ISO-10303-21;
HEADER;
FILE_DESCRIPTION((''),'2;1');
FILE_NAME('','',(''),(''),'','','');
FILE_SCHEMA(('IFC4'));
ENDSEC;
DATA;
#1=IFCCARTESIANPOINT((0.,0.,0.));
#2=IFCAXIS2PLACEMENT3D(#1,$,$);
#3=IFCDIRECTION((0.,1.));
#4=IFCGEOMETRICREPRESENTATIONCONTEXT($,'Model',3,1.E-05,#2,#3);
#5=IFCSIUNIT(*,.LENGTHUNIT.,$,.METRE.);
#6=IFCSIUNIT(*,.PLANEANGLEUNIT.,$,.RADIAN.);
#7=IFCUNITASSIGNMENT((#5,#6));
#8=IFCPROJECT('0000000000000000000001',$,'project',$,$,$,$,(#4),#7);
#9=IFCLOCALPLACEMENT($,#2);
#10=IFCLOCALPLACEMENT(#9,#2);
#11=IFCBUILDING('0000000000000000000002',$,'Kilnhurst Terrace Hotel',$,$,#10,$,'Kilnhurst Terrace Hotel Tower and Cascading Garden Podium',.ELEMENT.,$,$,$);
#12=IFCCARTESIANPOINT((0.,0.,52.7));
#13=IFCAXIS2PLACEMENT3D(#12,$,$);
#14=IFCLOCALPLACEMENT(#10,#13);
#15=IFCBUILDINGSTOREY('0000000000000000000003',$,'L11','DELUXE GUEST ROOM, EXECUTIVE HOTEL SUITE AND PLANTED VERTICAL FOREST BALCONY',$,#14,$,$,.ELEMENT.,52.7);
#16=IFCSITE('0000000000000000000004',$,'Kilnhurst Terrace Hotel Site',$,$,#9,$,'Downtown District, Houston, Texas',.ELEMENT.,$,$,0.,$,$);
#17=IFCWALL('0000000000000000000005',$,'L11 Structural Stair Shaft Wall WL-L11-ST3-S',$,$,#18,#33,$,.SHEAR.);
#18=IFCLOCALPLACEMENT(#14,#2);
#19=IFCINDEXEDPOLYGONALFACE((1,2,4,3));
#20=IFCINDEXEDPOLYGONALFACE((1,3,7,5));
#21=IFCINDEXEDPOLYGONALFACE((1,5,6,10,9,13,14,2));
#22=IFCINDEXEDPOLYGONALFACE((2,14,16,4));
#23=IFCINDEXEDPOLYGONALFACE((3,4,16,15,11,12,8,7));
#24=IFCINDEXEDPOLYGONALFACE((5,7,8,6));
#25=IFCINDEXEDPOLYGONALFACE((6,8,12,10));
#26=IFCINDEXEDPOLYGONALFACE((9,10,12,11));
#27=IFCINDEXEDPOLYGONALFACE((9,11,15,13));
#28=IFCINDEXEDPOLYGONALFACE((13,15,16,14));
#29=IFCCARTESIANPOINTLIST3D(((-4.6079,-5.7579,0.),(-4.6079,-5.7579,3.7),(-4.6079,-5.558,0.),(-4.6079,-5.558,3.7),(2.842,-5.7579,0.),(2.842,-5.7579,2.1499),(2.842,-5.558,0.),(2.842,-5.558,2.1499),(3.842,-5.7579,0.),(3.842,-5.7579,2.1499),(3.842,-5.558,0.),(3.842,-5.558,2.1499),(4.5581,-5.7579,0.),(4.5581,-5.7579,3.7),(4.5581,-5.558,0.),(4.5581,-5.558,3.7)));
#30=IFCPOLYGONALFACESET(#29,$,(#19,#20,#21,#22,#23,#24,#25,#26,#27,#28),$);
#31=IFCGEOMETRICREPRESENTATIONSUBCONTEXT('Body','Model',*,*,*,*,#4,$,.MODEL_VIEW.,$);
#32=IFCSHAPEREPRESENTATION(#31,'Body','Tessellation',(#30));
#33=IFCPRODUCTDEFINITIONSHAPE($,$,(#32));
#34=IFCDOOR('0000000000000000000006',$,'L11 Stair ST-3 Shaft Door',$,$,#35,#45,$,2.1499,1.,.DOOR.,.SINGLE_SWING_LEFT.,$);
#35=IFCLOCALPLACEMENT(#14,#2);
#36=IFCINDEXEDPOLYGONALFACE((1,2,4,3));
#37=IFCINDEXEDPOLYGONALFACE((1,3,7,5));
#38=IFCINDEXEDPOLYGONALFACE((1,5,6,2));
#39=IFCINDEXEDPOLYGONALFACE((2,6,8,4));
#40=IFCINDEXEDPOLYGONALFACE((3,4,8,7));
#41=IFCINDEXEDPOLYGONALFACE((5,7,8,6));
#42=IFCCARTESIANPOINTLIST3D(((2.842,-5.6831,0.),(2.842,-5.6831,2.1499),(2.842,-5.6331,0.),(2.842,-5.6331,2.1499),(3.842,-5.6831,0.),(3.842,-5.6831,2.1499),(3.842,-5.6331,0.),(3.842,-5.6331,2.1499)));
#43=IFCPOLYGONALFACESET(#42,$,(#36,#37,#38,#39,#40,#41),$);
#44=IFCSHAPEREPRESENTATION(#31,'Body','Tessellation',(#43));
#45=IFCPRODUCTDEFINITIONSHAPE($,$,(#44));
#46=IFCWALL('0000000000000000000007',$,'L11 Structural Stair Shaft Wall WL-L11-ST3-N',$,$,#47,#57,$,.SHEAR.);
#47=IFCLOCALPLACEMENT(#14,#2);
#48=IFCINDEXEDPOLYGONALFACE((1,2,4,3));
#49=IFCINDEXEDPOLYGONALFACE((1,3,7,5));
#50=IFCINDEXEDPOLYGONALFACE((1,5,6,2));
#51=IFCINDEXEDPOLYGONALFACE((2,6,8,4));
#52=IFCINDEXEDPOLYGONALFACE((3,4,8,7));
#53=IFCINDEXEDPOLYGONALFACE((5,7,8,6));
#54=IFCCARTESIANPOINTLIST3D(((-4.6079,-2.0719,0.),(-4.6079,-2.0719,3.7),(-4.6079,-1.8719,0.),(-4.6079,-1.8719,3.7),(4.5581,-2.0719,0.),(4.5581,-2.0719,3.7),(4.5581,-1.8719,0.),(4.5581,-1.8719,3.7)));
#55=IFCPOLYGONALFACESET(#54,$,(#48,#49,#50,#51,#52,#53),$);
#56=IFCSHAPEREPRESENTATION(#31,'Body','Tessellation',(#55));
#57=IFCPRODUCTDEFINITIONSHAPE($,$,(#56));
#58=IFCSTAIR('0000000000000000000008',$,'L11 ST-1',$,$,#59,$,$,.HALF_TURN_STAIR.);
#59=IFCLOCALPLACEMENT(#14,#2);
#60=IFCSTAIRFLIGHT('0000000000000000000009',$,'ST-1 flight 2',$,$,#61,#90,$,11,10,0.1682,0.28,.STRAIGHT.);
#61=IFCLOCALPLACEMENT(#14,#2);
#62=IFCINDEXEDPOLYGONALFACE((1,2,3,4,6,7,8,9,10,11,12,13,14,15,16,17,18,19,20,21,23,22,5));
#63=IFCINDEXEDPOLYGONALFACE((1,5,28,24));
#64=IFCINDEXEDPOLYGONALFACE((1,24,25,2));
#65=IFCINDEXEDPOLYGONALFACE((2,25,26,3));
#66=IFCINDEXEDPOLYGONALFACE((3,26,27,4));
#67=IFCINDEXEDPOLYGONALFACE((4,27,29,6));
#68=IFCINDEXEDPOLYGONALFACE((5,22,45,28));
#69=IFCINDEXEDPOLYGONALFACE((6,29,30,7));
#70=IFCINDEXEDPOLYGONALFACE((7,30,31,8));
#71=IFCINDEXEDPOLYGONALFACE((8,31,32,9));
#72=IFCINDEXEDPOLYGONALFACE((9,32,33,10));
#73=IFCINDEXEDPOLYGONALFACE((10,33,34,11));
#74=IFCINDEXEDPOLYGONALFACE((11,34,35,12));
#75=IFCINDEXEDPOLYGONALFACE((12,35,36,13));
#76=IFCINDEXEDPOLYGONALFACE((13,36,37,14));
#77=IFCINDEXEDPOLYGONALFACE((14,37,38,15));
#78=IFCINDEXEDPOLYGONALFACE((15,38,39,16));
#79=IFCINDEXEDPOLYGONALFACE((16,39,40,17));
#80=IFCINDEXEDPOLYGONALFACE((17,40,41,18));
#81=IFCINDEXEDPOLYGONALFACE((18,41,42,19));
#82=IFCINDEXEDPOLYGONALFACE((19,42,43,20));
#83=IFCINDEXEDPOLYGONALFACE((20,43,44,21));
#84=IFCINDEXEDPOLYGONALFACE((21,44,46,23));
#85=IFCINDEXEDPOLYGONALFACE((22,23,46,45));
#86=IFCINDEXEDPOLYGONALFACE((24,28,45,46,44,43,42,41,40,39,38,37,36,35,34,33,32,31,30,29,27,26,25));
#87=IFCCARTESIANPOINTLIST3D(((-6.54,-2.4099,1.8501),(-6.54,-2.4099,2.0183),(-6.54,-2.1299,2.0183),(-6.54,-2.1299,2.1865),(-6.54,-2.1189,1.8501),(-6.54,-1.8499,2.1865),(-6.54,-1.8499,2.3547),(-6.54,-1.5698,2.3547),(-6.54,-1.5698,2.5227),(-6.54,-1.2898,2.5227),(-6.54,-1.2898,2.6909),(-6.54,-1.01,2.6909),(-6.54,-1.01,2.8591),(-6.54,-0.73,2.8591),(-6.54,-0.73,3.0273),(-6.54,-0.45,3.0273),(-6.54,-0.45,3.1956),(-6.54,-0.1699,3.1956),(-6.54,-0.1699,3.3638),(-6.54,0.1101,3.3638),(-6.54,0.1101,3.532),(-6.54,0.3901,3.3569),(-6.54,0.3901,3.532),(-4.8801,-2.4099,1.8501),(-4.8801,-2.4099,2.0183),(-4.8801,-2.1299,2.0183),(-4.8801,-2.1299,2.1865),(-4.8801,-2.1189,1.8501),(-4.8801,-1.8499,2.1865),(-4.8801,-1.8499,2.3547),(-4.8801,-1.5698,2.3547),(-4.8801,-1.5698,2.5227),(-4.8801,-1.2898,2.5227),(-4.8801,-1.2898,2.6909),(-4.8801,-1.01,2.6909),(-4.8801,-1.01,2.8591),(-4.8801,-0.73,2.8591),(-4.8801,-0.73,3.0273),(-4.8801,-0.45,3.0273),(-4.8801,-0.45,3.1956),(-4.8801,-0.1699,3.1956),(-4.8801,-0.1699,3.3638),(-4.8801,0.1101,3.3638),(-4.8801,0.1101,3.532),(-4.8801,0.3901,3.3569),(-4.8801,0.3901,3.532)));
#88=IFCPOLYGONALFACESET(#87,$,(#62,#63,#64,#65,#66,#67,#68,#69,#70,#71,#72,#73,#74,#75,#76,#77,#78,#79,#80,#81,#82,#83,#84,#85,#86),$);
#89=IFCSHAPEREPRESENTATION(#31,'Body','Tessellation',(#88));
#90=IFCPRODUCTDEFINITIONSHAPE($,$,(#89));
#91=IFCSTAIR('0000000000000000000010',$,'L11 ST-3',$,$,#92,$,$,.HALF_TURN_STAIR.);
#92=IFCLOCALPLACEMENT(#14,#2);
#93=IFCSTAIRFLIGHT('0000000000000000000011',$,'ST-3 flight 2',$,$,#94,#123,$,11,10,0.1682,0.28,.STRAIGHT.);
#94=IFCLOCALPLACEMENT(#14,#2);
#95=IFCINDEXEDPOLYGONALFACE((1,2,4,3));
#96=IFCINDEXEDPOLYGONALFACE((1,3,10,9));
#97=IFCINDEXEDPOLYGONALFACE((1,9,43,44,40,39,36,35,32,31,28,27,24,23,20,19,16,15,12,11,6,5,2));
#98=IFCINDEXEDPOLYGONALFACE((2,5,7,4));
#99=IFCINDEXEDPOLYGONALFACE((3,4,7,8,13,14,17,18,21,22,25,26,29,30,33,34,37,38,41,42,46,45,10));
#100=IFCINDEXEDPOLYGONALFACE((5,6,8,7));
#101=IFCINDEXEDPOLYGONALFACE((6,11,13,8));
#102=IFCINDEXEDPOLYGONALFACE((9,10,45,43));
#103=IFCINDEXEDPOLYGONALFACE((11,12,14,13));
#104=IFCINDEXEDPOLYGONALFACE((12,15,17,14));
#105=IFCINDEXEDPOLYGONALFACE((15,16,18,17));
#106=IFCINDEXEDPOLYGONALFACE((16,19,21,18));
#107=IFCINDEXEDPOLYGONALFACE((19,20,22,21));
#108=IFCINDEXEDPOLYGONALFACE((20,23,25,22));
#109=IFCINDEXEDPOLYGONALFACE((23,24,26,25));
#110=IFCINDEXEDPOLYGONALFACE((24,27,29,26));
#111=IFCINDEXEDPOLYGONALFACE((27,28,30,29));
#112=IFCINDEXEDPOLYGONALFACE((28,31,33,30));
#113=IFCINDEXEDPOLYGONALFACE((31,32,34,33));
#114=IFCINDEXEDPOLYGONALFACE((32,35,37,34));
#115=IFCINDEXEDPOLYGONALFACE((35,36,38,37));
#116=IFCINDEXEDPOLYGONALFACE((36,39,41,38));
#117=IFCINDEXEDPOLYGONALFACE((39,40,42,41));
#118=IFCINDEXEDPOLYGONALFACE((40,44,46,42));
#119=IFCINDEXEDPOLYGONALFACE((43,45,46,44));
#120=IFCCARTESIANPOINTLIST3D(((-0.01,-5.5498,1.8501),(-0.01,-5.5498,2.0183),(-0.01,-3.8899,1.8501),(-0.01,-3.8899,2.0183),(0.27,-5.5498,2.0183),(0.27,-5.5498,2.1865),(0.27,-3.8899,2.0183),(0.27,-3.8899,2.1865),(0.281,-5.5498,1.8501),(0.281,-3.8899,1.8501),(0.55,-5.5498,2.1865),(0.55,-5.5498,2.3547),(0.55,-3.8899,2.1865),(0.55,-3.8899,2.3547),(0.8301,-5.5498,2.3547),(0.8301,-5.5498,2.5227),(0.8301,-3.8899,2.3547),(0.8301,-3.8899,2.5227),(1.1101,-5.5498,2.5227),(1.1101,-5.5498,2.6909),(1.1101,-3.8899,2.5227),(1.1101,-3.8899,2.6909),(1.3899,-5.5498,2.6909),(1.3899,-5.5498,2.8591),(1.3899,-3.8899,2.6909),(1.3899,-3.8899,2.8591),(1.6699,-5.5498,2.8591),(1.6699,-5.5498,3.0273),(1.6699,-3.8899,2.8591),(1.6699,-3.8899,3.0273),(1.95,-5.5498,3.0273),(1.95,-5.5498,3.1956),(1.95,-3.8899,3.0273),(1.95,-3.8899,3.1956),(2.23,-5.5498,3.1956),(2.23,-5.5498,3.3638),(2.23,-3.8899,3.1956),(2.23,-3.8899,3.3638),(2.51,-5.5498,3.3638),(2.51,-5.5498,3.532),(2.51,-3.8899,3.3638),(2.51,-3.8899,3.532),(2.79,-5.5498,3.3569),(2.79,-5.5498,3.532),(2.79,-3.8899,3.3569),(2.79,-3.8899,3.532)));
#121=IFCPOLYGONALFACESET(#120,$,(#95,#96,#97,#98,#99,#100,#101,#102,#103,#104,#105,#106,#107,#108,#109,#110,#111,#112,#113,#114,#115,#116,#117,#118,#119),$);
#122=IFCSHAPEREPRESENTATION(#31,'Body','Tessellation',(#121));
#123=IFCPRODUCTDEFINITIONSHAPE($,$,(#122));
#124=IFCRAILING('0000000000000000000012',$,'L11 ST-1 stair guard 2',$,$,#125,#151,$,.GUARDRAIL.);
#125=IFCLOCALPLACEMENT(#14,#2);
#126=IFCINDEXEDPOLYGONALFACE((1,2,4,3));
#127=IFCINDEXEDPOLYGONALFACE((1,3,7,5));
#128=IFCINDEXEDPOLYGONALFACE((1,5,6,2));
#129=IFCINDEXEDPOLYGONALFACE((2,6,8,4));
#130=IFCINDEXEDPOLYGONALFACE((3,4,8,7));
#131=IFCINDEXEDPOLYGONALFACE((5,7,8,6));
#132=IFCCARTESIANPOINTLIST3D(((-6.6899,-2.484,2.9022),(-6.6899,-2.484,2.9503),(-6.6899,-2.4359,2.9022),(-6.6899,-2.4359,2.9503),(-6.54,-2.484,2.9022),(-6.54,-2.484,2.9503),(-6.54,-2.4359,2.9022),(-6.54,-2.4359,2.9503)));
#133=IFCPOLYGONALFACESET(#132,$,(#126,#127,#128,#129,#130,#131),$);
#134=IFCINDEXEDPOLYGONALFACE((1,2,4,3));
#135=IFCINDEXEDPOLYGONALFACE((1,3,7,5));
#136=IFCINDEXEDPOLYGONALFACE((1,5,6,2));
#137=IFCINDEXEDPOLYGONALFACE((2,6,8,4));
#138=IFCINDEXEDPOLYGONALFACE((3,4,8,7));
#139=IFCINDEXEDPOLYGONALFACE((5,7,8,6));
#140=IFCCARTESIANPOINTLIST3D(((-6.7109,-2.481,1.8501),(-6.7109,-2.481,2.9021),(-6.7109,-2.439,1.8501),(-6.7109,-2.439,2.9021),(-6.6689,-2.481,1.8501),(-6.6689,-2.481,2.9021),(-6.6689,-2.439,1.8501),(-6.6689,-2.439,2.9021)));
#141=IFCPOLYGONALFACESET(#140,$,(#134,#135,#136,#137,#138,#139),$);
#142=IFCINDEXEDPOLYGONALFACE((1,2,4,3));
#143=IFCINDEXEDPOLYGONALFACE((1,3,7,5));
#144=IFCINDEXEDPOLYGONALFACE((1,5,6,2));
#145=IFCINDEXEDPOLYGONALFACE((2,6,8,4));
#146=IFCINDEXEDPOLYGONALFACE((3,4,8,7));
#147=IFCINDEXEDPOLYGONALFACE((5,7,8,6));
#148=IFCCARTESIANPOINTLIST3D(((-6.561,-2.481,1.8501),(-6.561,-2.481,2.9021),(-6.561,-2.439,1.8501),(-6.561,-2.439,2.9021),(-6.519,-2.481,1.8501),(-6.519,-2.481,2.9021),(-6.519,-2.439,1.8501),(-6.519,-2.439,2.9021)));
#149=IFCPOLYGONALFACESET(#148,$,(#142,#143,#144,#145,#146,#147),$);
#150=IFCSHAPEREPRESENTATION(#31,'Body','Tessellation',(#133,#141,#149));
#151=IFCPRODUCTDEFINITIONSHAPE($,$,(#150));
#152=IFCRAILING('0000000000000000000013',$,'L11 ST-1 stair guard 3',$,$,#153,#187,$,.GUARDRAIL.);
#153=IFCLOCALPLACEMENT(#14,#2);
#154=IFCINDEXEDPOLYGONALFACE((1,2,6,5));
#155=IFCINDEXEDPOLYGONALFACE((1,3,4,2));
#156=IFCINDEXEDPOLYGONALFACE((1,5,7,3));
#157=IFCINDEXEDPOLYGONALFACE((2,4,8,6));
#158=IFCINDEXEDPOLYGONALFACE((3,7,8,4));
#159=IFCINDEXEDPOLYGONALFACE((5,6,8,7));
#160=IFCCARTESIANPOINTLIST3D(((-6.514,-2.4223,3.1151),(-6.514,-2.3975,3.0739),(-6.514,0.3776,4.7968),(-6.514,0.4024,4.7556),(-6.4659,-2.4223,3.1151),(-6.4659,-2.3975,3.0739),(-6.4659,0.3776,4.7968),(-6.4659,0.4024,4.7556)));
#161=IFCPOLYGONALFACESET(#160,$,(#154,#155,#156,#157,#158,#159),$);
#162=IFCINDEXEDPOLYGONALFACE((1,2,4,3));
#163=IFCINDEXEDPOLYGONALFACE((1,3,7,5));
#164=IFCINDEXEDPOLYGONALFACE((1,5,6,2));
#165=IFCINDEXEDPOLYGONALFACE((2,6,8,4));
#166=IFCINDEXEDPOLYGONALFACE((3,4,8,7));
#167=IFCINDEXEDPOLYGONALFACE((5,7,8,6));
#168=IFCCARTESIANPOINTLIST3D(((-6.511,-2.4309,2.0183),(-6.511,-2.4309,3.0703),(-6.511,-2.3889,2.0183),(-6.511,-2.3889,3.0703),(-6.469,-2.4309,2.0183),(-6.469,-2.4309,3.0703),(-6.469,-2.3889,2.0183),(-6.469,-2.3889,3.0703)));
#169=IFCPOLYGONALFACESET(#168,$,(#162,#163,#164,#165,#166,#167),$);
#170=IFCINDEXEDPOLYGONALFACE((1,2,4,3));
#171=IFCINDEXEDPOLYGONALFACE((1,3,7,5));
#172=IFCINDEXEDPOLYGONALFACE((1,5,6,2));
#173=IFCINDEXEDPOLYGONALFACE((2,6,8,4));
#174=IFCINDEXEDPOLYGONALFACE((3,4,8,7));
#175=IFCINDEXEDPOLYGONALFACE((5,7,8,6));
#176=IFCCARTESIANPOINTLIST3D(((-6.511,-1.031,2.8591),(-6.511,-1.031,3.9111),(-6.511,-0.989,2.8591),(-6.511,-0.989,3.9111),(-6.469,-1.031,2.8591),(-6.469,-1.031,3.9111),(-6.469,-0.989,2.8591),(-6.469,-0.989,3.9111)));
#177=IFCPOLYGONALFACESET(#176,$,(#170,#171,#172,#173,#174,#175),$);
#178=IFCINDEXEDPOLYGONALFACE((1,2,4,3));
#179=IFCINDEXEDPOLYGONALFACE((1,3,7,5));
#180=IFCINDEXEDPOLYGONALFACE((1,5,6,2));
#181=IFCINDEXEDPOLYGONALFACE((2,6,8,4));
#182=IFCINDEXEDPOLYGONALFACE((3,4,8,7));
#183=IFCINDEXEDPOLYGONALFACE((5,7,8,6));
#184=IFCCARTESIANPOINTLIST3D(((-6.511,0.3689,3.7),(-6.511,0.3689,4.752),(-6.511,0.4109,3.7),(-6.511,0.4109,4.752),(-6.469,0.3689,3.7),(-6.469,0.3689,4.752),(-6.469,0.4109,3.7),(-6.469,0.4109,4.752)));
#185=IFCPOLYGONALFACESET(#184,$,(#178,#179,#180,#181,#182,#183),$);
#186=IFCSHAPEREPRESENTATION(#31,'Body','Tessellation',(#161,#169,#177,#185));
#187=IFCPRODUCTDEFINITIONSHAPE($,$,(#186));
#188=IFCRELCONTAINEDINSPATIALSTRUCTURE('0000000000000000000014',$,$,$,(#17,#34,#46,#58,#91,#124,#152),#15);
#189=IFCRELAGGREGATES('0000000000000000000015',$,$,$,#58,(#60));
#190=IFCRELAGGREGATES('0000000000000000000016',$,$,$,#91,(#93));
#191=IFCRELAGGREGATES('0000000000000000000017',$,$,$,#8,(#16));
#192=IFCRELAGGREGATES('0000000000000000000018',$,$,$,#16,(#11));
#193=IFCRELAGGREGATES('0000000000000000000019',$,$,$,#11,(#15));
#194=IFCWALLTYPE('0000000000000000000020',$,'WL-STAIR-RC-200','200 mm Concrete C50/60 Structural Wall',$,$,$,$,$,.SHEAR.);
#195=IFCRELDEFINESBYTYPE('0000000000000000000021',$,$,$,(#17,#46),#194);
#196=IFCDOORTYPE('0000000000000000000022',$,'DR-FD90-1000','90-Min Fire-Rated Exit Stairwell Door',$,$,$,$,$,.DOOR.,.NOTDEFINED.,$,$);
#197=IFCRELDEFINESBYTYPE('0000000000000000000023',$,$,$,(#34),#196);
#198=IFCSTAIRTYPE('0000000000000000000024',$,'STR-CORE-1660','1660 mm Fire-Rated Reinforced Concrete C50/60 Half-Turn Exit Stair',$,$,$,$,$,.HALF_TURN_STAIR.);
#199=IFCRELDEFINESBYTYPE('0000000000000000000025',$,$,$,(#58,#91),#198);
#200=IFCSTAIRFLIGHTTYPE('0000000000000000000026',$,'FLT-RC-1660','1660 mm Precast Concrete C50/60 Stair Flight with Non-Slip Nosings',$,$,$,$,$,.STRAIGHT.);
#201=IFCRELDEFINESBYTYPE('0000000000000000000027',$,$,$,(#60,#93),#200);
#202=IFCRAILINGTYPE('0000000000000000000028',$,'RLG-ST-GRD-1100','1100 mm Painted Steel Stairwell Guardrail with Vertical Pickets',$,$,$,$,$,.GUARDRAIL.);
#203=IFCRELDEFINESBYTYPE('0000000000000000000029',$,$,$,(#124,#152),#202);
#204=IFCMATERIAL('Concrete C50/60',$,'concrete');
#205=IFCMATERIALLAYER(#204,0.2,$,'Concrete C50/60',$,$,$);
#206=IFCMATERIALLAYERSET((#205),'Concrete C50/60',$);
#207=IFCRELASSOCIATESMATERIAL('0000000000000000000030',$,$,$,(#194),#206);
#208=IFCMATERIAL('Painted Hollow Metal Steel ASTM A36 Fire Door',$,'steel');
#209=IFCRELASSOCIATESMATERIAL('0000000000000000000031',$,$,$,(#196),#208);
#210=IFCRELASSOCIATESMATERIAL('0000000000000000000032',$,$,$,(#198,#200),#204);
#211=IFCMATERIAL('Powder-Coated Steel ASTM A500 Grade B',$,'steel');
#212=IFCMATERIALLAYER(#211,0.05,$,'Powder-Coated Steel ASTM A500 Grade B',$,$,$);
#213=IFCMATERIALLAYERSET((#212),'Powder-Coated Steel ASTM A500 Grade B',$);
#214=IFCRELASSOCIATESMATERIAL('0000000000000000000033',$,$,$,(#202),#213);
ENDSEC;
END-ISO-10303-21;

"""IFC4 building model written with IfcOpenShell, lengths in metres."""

from ifc_helpers import new_model, si_unit, direction, frame, frame_2d, origin, origin_2d, place, context, subcontext, project, spatial, polyline, rectangle, outline, extrude, material, layer, layer_set, type_object, element, fill, aggregate, save


model = new_model("IFC4")

# Units and contexts
model_context = context("Model", 3, precision=1e-05, world=origin(), true_north=direction((0.0, 1.0)))
body_context = subcontext(model_context, "Body", "Model", "MODEL_VIEW")
ifc_project = project(units=[si_unit("LENGTHUNIT", "METRE"), si_unit("PLANEANGLEUNIT", "RADIAN")], contexts=[model_context])

# Site, building, storey
site_placement = place(None, origin())
site = spatial("IfcSite", under=ifc_project, at=site_placement, Name="Kilnhurst Terrace Hotel Site", LongName="Downtown District, Houston, Texas", CompositionType="ELEMENT", RefElevation=0.0)
building_placement = place(site_placement, origin())
building = spatial("IfcBuilding", under=site, at=building_placement, Name="Kilnhurst Terrace Hotel", LongName="Kilnhurst Terrace Hotel Tower and Cascading Garden Podium", CompositionType="ELEMENT")
storey_placement = place(building_placement, frame((0.0, 0.0, 52.7)))
storey = spatial("IfcBuildingStorey", under=building, at=storey_placement, Name="L11", Description="DELUXE GUEST ROOM, EXECUTIVE HOTEL SUITE AND PLANTED VERTICAL FOREST BALCONY", CompositionType="ELEMENT", Elevation=52.7)

# Shared definitions
ifc_material_1 = material(Name="Concrete C50/60", Category="concrete")
ifc_layer_1 = layer(ifc_material_1, 0.2, Name="Concrete C50/60")
ifc_layer_set_1 = layer_set([ifc_layer_1], Name="Concrete C50/60")
wall_type_1 = type_object("IfcWallType", Name="WL-STAIR-RC-200", Description="200 mm Concrete C50/60 Structural Wall", PredefinedType="SHEAR", material=ifc_layer_set_1)

# Wall, opening, door
wall_1_placement = place(storey_placement, frame((-4.6079, -5.658, 0.0), z_axis=(0.0, 0.0, 1.0), x_axis=(1.0, 0.0, 0.0)))
wall_1 = element("IfcWall", 1, at=wall_1_placement, inside=storey, type_object=wall_type_1, Name="L11 Structural Stair Shaft Wall WL-L11-ST3-S", PredefinedType="SHEAR", context=body_context, shape_type="SweptSolid", body=[
    extrude(rectangle(XDim=9.166, YDim=0.2, at=frame_2d((4.583, 0.0))), origin(), (0.0, 0.0, 1.0), 3.7),
])
opening_1_placement = place(wall_1_placement, frame((7.45, 0.0, 0.0)))
opening_1 = element("IfcOpeningElement", 2, at=opening_1_placement, cuts=wall_1, PredefinedType="OPENING", context=body_context, shape_type="SweptSolid", body=[
    extrude(rectangle(XDim=1.0, YDim=2.1499, at=frame_2d((0.5, 1.075))), frame((0.0, 0.1099, 0.0), z_axis=(0.0, -1.0, 0.0), x_axis=(1.0, 0.0, 0.0)), (0.0, 0.0, 1.0), 0.22),
])
ifc_material_2 = material(Name="Painted Hollow Metal Steel ASTM A36 Fire Door", Category="steel")
door_type_1 = type_object("IfcDoorType", Name="DR-FD90-1000", Description="90-Min Fire-Rated Exit Stairwell Door", OperationType="NOTDEFINED", PredefinedType="DOOR", material=ifc_material_2)
door_1_placement = place(opening_1_placement, origin())
door_1 = element("IfcDoor", 3, at=door_1_placement, inside=storey, type_object=door_type_1, Name="L11 Stair ST-3 Shaft Door", OperationType="SINGLE_SWING_LEFT", OverallHeight=2.1499, OverallWidth=1.0, PredefinedType="DOOR", context=body_context, shape_type="SweptSolid", body=[
    extrude(rectangle(XDim=1.0, YDim=2.1499, at=frame_2d((0.5, 1.075))), frame((0.0, 0.0249, 0.0), z_axis=(0.0, -1.0, 0.0), x_axis=(1.0, 0.0, 0.0)), (0.0, 0.0, 1.0), 0.05),
])
fill(opening_1, door_1)

# Wall
wall_2_placement = place(storey_placement, frame((-4.6079, -1.9719, 0.0), z_axis=(0.0, 0.0, 1.0), x_axis=(1.0, 0.0, 0.0)))
element("IfcWall", 4, at=wall_2_placement, inside=storey, type_object=wall_type_1, Name="L11 Structural Stair Shaft Wall WL-L11-ST3-N", PredefinedType="SHEAR", context=body_context, shape_type="SweptSolid", body=[
    extrude(rectangle(XDim=9.166, YDim=0.2, at=frame_2d((4.583, 0.0))), origin(), (0.0, 0.0, 1.0), 3.7),
])

# Stairs, stair flights
stair_type = type_object("IfcStairType", Name="STR-CORE-1660", Description="1660 mm Fire-Rated Reinforced Concrete C50/60 Half-Turn Exit Stair", PredefinedType="HALF_TURN_STAIR", material=ifc_material_1)
stair_1_placement = place(storey_placement, origin())
stair_1 = element("IfcStair", 5, at=stair_1_placement, inside=storey, type_object=stair_type, Name="L11 ST-1", PredefinedType="HALF_TURN_STAIR")
stair_flight_type = type_object("IfcStairFlightType", Name="FLT-RC-1660", Description="1660 mm Precast Concrete C50/60 Stair Flight with Non-Slip Nosings", PredefinedType="STRAIGHT", material=ifc_material_1)
stair_flight_1_placement = place(storey_placement, frame((-5.71, -2.4099, 1.8501), z_axis=(0.0, 0.0, 1.0), x_axis=(0.0, 1.0, 0.0)))
stair_flight_1 = element("IfcStairFlight", 6, at=stair_flight_1_placement, type_object=stair_flight_type, Name="ST-1 flight 2", NumberOfRisers=11, NumberOfTreads=10, PredefinedType="STRAIGHT", RiserHeight=0.1682, TreadLength=0.28, context=body_context, shape_type="SweptSolid", body=[
    extrude(outline(polyline([(0.0, 0.0), (0.0, 0.1682), (0.28, 0.1682), (0.28, 0.3364), (0.5601, 0.3364), (0.5601, 0.5046), (0.8401, 0.5046), (0.8401, 0.6726), (1.1201, 0.6726), (1.1201, 0.8408), (1.3999, 0.8408), (1.3999, 1.009), (1.6799, 1.009), (1.6799, 1.1772), (1.96, 1.1772), (1.96, 1.3455), (2.24, 1.3455), (2.24, 1.5137), (2.52, 1.5137), (2.52, 1.6819), (2.8, 1.6819), (2.8, 1.8501), (2.8, 1.5068), (0.291, 0.0), (0.0, 0.0)])), frame((0.0, 0.8301, 0.0), z_axis=(0.0, -1.0, 0.0), x_axis=(1.0, 0.0, 0.0)), (0.0, 0.0, 1.0), 1.6599),
])
aggregate(stair_1, [stair_flight_1])
stair_2_placement = place(storey_placement, origin())
stair_2 = element("IfcStair", 7, at=stair_2_placement, inside=storey, type_object=stair_type, Name="L11 ST-3", PredefinedType="HALF_TURN_STAIR")
stair_flight_2_placement = place(storey_placement, frame((-0.01, -4.72, 1.8501), z_axis=(0.0, 0.0, 1.0), x_axis=(1.0, 0.0, 0.0)))
stair_flight_2 = element("IfcStairFlight", 8, at=stair_flight_2_placement, type_object=stair_flight_type, Name="ST-3 flight 2", NumberOfRisers=11, NumberOfTreads=10, PredefinedType="STRAIGHT", RiserHeight=0.1682, TreadLength=0.28, context=body_context, shape_type="SweptSolid", body=[
    extrude(outline(polyline([(0.0, 0.0), (0.0, 0.1682), (0.28, 0.1682), (0.28, 0.3364), (0.5601, 0.3364), (0.5601, 0.5046), (0.8401, 0.5046), (0.8401, 0.6726), (1.1201, 0.6726), (1.1201, 0.8408), (1.3999, 0.8408), (1.3999, 1.009), (1.6799, 1.009), (1.6799, 1.1772), (1.96, 1.1772), (1.96, 1.3455), (2.24, 1.3455), (2.24, 1.5137), (2.52, 1.5137), (2.52, 1.6819), (2.8, 1.6819), (2.8, 1.8501), (2.8, 1.5068), (0.291, 0.0), (0.0, 0.0)])), frame((0.0, 0.8301, 0.0), z_axis=(0.0, -1.0, 0.0), x_axis=(1.0, 0.0, 0.0)), (0.0, 0.0, 1.0), 1.6599),
])
aggregate(stair_2, [stair_flight_2])

# Railings
ifc_material_3 = material(Name="Powder-Coated Steel ASTM A500 Grade B", Category="steel")
ifc_layer_2 = layer(ifc_material_3, 0.05, Name="Powder-Coated Steel ASTM A500 Grade B")
ifc_layer_set_2 = layer_set([ifc_layer_2], Name="Powder-Coated Steel ASTM A500 Grade B")
railing_type_1 = type_object("IfcRailingType", Name="RLG-ST-GRD-1100", Description="1100 mm Painted Steel Stairwell Guardrail with Vertical Pickets", PredefinedType="GUARDRAIL", material=ifc_layer_set_2)
railing_1_placement = place(storey_placement, frame((-6.6899, -2.46, 1.8501)))
element("IfcRailing", 9, at=railing_1_placement, inside=storey, type_object=railing_type_1, Name="L11 ST-1 stair guard 2", PredefinedType="GUARDRAIL", context=body_context, shape_type="SweptSolid", body=[
    extrude(rectangle(XDim=0.0481, YDim=0.0481, at=origin_2d()), frame((0.0, 0.0, 1.0762), z_axis=(1.0, 0.0, 0.0), x_axis=(0.0, 1.0, 0.0)), (0.0, 0.0, 1.0), 0.1499),
    extrude(rectangle(XDim=0.042, YDim=0.042, at=origin_2d()), origin(), (0.0, 0.0, 1.0), 1.052),
    extrude(rectangle(XDim=0.042, YDim=0.042, at=origin_2d()), frame((0.1499, 0.0, 0.0)), (0.0, 0.0, 1.0), 1.052),
])
railing_2_placement = place(storey_placement, frame((-6.49, -2.4099, 2.0183)))
element("IfcRailing", 10, at=railing_2_placement, inside=storey, type_object=railing_type_1, Name="L11 ST-1 stair guard 3", PredefinedType="GUARDRAIL", context=body_context, shape_type="SweptSolid", body=[
    extrude(rectangle(XDim=0.0481, YDim=0.0481, at=origin_2d()), frame((0.0, 0.0, 1.0762), z_axis=(0.0, 0.857255, 0.514891), x_axis=(-1.0, 0.0, 0.0)), (0.0, 0.0, 1.0), 3.2661),
    extrude(rectangle(XDim=0.042, YDim=0.042, at=origin_2d()), origin(), (0.0, 0.0, 1.0), 1.052),
    extrude(rectangle(XDim=0.042, YDim=0.042, at=origin_2d()), frame((0.0, 1.3999, 0.8408)), (0.0, 0.0, 1.0), 1.052),
    extrude(rectangle(XDim=0.042, YDim=0.042, at=origin_2d()), frame((0.0, 2.7998, 1.6816)), (0.0, 0.0, 1.0), 1.052),
])

save(model, "model.ifc")
